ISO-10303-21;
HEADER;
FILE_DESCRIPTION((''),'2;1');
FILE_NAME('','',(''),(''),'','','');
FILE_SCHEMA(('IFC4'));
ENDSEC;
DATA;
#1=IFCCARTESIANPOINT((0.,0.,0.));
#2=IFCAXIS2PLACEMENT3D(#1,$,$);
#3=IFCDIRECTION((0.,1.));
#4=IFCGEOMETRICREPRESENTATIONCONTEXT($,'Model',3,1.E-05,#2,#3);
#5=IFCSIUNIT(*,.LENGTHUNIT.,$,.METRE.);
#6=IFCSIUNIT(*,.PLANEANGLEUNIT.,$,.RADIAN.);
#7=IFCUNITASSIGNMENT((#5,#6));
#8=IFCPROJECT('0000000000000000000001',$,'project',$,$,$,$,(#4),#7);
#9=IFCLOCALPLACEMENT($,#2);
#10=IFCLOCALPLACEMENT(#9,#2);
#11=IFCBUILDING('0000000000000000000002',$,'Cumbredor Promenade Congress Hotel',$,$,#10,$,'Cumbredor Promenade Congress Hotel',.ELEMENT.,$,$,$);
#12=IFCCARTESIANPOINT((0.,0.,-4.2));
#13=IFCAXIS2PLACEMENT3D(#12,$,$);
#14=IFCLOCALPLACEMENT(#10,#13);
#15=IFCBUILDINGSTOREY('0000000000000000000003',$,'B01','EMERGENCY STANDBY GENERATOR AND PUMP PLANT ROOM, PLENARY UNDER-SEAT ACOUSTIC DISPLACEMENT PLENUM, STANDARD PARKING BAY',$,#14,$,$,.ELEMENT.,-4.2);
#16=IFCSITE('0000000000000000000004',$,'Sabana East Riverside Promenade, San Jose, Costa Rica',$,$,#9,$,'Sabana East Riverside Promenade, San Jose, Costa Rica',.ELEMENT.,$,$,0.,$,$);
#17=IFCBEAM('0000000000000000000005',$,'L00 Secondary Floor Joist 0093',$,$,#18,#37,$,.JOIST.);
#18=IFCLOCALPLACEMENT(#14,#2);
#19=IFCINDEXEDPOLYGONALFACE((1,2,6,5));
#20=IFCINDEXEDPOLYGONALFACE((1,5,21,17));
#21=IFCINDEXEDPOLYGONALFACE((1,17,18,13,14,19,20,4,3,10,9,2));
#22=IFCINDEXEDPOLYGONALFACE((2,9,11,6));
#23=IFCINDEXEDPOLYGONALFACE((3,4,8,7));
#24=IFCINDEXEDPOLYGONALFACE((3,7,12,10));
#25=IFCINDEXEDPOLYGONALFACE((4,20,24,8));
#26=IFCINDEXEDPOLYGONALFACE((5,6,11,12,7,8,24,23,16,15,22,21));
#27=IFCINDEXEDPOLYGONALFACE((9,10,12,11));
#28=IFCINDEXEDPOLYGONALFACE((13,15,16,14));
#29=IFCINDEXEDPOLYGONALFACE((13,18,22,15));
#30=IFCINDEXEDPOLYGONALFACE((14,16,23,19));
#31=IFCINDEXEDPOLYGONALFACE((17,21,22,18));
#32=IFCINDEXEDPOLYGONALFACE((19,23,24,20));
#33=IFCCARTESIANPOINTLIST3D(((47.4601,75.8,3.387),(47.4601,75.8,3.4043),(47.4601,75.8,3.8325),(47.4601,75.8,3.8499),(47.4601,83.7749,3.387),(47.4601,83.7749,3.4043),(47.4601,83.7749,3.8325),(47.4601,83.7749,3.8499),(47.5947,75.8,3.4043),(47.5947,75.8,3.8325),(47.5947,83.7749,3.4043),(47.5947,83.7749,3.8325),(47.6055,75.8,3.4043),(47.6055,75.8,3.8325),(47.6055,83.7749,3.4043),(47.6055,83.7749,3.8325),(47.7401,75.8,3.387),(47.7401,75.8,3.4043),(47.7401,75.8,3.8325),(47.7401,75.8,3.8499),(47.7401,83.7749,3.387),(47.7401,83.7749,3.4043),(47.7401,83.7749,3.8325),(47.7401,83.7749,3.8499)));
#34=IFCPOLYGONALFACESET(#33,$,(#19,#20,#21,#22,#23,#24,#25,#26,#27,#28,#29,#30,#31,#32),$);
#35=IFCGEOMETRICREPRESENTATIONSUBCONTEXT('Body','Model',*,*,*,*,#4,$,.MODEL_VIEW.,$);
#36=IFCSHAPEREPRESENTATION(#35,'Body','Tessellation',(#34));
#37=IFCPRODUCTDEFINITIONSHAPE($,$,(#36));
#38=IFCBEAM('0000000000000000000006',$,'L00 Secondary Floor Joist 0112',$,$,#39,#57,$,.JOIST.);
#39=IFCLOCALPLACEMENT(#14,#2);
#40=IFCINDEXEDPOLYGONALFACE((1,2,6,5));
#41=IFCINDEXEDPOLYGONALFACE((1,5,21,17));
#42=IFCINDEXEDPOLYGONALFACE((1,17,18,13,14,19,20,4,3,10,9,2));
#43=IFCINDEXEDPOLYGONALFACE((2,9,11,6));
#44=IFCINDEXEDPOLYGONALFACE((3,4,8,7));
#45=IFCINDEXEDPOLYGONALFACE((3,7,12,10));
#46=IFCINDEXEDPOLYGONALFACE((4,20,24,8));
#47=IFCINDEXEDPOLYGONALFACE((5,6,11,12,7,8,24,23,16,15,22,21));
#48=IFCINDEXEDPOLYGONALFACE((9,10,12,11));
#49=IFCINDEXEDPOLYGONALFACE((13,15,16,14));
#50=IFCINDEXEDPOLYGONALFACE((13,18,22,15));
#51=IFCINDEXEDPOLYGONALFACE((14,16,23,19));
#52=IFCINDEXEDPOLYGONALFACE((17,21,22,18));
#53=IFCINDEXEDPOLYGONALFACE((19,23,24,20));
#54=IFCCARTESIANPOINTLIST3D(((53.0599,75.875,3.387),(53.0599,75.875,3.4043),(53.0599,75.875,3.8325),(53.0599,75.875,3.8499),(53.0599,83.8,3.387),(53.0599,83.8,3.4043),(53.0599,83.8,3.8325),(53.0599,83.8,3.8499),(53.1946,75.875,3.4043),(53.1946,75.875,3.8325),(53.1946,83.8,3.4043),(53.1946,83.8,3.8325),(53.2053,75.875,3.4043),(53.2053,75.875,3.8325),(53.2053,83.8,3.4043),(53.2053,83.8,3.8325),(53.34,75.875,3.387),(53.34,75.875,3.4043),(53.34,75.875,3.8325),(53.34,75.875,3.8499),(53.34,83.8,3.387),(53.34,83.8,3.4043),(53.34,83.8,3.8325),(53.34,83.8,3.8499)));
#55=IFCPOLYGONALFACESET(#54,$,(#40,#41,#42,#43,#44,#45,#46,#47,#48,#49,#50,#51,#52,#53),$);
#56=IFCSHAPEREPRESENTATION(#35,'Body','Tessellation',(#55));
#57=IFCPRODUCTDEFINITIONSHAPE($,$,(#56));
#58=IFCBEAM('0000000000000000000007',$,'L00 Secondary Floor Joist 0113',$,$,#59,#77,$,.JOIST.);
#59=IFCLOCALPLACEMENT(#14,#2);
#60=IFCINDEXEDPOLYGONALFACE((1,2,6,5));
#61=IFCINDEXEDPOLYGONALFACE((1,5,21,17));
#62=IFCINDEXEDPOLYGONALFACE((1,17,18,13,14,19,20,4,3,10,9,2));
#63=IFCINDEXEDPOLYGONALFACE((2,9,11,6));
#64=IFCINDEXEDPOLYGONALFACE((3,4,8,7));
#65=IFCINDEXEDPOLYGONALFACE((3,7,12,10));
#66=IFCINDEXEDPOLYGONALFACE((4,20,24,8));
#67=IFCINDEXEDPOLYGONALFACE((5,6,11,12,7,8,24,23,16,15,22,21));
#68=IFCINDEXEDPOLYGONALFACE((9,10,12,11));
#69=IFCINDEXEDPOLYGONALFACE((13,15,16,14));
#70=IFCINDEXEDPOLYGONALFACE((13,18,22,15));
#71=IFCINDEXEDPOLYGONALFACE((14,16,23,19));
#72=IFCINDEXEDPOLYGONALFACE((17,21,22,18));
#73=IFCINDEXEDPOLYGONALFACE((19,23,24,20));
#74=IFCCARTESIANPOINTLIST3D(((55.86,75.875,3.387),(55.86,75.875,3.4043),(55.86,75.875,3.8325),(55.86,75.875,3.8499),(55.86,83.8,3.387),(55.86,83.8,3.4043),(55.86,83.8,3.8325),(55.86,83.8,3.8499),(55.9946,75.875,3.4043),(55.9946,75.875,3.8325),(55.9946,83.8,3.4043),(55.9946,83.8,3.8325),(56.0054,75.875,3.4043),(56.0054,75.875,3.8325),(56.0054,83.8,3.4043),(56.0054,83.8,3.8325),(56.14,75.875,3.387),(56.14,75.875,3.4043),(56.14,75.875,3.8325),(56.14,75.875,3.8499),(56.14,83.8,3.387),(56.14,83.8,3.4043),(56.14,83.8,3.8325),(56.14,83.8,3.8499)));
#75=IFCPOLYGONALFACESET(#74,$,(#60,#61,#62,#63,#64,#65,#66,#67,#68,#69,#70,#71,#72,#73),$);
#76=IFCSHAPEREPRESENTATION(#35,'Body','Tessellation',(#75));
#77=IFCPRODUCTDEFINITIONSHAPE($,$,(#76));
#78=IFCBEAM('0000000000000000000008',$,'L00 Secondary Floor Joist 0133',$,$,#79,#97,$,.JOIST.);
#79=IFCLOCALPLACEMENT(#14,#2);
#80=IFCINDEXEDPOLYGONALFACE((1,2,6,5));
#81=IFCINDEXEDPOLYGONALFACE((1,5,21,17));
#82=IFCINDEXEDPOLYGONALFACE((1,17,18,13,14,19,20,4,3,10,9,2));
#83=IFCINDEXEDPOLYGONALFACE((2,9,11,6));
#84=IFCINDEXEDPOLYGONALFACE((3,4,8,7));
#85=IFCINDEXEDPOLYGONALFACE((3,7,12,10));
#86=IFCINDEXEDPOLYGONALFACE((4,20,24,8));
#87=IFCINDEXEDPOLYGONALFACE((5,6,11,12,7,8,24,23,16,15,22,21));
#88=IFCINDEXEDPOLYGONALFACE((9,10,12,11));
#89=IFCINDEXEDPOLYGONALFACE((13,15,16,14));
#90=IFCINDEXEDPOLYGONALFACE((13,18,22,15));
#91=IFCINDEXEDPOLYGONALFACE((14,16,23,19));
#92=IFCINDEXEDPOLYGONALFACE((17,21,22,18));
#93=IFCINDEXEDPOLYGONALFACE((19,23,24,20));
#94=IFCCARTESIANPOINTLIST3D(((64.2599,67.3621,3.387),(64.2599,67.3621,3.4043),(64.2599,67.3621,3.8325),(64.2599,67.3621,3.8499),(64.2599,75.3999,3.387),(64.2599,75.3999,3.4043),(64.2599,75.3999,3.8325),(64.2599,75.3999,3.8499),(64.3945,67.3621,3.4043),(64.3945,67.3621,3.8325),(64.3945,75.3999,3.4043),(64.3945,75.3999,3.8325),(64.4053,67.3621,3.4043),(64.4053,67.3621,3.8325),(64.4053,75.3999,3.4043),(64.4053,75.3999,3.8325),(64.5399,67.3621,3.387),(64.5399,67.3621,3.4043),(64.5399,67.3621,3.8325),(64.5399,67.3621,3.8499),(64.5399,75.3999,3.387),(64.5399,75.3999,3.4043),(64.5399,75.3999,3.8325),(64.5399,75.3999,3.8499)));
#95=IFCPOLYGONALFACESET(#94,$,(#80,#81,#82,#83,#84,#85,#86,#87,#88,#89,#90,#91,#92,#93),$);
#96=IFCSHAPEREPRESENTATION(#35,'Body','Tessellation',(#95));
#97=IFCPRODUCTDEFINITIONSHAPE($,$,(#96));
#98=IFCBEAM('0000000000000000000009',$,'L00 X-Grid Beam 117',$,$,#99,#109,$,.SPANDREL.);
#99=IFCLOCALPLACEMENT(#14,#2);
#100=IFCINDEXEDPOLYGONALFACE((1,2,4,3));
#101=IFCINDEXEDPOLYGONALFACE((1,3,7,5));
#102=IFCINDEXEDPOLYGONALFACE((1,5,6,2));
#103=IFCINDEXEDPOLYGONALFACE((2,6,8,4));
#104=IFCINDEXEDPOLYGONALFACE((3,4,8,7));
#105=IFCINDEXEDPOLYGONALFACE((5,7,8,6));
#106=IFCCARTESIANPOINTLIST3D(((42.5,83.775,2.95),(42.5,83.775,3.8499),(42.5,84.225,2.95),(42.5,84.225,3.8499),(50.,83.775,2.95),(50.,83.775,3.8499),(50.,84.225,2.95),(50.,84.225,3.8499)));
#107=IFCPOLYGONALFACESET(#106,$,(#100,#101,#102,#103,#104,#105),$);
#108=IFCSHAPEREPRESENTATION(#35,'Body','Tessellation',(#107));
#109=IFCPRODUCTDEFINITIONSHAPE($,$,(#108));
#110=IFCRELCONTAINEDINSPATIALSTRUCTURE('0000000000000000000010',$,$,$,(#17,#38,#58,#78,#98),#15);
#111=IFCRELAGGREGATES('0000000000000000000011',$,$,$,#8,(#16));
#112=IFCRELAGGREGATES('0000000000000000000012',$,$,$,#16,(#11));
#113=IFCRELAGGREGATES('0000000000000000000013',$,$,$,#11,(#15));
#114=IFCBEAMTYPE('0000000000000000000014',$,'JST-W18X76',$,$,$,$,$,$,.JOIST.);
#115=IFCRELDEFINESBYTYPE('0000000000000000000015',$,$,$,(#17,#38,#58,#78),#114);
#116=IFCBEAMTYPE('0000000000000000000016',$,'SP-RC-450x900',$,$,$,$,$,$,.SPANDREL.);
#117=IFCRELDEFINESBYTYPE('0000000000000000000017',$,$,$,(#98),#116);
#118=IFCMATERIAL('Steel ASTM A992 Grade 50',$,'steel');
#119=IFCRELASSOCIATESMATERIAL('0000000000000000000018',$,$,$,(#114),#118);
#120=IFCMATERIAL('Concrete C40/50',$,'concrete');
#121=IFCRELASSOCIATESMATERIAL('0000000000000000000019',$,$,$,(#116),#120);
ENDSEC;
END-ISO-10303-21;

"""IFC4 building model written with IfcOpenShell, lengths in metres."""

from ifc_helpers import new_model, si_unit, direction, frame, origin, origin_2d, place, context, subcontext, project, spatial, rectangle, i_section, extrude, material, material_profile, profile_set, type_object, element, save


model = new_model("IFC4")

# Units and contexts
model_context = context("Model", 3, precision=1e-05, world=origin(), true_north=direction((0.0, 1.0)))
body_context = subcontext(model_context, "Body", "Model", "MODEL_VIEW")
ifc_project = project(units=[si_unit("LENGTHUNIT", "METRE"), si_unit("PLANEANGLEUNIT", "RADIAN")], contexts=[model_context])

# Site, building, storey
site_placement = place(None, origin())
site = spatial("IfcSite", under=ifc_project, at=site_placement, Name="Sabana East Riverside Promenade, San Jose, Costa Rica", LongName="Sabana East Riverside Promenade, San Jose, Costa Rica", CompositionType="ELEMENT", RefElevation=0.0)
building_placement = place(site_placement, origin())
building = spatial("IfcBuilding", under=site, at=building_placement, Name="Cumbredor Promenade Congress Hotel", LongName="Cumbredor Promenade Congress Hotel", CompositionType="ELEMENT")
storey_placement = place(building_placement, frame((0.0, 0.0, -4.2)))
storey = spatial("IfcBuildingStorey", under=building, at=storey_placement, Name="B01", Description="EMERGENCY STANDBY GENERATOR AND PUMP PLANT ROOM, PLENARY UNDER-SEAT ACOUSTIC DISPLACEMENT PLENUM, STANDARD PARKING BAY", CompositionType="ELEMENT", Elevation=-4.2)

# Beams
ifc_material_1 = material(Name="Concrete C40/50", Category="concrete")
ifc_material_2 = material(Name="Steel ASTM A992 Grade 50", Category="steel")
ifc_material_profile_1 = material_profile(ifc_material_2, i_section(OverallWidth=0.28, OverallDepth=0.4629, WebThickness=0.0107, FlangeThickness=0.0173, at=origin_2d()), Name="W18X76")
ifc_profile_set_1 = profile_set([ifc_material_profile_1], Name="Steel ASTM A992 Grade 50")
beam_type_1 = type_object("IfcBeamType", Name="JST-W18X76", PredefinedType="JOIST", material=ifc_profile_set_1)
for number, where, z_axis, x_axis, name in (
    (1, (47.6001, 75.8, 3.6184), (0.0, 1.0, 0.0), (-1.0, 0.0, 0.0), "L00 Secondary Floor Joist 0093"),
):
    element("IfcBeam", number, at=place(storey_placement, frame(where, z_axis=z_axis, x_axis=x_axis)), inside=storey, type_object=beam_type_1, Name=name, PredefinedType="JOIST", context=body_context, shape_type="SweptSolid", body=[
        extrude(i_section(OverallWidth=0.28, OverallDepth=0.4629, WebThickness=0.0107, FlangeThickness=0.0173, at=origin_2d()), origin(), (0.0, 0.0, 1.0), 7.9749),
    ])
for number, where, z_axis, x_axis, name in (
    (2, (53.2, 75.875, 3.6184), (0.0, 1.0, 0.0), (-1.0, 0.0, 0.0), "L00 Secondary Floor Joist 0112"),
    (3, (56.0, 75.875, 3.6184), (0.0, 1.0, 0.0), (-1.0, 0.0, 0.0), "L00 Secondary Floor Joist 0113"),
):
    element("IfcBeam", number, at=place(storey_placement, frame(where, z_axis=z_axis, x_axis=x_axis)), inside=storey, type_object=beam_type_1, Name=name, PredefinedType="JOIST", context=body_context, shape_type="SweptSolid", body=[
        extrude(i_section(OverallWidth=0.28, OverallDepth=0.4629, WebThickness=0.0107, FlangeThickness=0.0173, at=origin_2d()), origin(), (0.0, 0.0, 1.0), 7.925),
    ])
beam_1_placement = place(storey_placement, frame((64.3999, 67.3621, 3.6184), z_axis=(0.0, 1.0, 0.0), x_axis=(-1.0, 0.0, 0.0)))
element("IfcBeam", 4, at=beam_1_placement, inside=storey, type_object=beam_type_1, Name="L00 Secondary Floor Joist 0133", PredefinedType="JOIST", context=body_context, shape_type="SweptSolid", body=[
    extrude(i_section(OverallWidth=0.28, OverallDepth=0.4629, WebThickness=0.0107, FlangeThickness=0.0173, at=origin_2d()), origin(), (0.0, 0.0, 1.0), 8.0378),
])
ifc_material_profile_2 = material_profile(ifc_material_1, rectangle(XDim=0.45, YDim=0.8999, at=origin_2d()), Name="RC SPANDREL 450x900")
ifc_profile_set_2 = profile_set([ifc_material_profile_2], Name="Concrete C40/50")
beam_type_2 = type_object("IfcBeamType", Name="SP-RC-450x900", PredefinedType="SPANDREL", material=ifc_profile_set_2)
beam_2_placement = place(storey_placement, frame((42.5, 84.0, 3.3999), z_axis=(1.0, 0.0, 0.0), x_axis=(0.0, 1.0, 0.0)))
element("IfcBeam", 5, at=beam_2_placement, inside=storey, type_object=beam_type_2, Name="L00 X-Grid Beam 117", PredefinedType="SPANDREL", context=body_context, shape_type="SweptSolid", body=[
    extrude(rectangle(XDim=0.45, YDim=0.8999, at=origin_2d()), origin(), (0.0, 0.0, 1.0), 7.5),
])

save(model, "model.ifc")
